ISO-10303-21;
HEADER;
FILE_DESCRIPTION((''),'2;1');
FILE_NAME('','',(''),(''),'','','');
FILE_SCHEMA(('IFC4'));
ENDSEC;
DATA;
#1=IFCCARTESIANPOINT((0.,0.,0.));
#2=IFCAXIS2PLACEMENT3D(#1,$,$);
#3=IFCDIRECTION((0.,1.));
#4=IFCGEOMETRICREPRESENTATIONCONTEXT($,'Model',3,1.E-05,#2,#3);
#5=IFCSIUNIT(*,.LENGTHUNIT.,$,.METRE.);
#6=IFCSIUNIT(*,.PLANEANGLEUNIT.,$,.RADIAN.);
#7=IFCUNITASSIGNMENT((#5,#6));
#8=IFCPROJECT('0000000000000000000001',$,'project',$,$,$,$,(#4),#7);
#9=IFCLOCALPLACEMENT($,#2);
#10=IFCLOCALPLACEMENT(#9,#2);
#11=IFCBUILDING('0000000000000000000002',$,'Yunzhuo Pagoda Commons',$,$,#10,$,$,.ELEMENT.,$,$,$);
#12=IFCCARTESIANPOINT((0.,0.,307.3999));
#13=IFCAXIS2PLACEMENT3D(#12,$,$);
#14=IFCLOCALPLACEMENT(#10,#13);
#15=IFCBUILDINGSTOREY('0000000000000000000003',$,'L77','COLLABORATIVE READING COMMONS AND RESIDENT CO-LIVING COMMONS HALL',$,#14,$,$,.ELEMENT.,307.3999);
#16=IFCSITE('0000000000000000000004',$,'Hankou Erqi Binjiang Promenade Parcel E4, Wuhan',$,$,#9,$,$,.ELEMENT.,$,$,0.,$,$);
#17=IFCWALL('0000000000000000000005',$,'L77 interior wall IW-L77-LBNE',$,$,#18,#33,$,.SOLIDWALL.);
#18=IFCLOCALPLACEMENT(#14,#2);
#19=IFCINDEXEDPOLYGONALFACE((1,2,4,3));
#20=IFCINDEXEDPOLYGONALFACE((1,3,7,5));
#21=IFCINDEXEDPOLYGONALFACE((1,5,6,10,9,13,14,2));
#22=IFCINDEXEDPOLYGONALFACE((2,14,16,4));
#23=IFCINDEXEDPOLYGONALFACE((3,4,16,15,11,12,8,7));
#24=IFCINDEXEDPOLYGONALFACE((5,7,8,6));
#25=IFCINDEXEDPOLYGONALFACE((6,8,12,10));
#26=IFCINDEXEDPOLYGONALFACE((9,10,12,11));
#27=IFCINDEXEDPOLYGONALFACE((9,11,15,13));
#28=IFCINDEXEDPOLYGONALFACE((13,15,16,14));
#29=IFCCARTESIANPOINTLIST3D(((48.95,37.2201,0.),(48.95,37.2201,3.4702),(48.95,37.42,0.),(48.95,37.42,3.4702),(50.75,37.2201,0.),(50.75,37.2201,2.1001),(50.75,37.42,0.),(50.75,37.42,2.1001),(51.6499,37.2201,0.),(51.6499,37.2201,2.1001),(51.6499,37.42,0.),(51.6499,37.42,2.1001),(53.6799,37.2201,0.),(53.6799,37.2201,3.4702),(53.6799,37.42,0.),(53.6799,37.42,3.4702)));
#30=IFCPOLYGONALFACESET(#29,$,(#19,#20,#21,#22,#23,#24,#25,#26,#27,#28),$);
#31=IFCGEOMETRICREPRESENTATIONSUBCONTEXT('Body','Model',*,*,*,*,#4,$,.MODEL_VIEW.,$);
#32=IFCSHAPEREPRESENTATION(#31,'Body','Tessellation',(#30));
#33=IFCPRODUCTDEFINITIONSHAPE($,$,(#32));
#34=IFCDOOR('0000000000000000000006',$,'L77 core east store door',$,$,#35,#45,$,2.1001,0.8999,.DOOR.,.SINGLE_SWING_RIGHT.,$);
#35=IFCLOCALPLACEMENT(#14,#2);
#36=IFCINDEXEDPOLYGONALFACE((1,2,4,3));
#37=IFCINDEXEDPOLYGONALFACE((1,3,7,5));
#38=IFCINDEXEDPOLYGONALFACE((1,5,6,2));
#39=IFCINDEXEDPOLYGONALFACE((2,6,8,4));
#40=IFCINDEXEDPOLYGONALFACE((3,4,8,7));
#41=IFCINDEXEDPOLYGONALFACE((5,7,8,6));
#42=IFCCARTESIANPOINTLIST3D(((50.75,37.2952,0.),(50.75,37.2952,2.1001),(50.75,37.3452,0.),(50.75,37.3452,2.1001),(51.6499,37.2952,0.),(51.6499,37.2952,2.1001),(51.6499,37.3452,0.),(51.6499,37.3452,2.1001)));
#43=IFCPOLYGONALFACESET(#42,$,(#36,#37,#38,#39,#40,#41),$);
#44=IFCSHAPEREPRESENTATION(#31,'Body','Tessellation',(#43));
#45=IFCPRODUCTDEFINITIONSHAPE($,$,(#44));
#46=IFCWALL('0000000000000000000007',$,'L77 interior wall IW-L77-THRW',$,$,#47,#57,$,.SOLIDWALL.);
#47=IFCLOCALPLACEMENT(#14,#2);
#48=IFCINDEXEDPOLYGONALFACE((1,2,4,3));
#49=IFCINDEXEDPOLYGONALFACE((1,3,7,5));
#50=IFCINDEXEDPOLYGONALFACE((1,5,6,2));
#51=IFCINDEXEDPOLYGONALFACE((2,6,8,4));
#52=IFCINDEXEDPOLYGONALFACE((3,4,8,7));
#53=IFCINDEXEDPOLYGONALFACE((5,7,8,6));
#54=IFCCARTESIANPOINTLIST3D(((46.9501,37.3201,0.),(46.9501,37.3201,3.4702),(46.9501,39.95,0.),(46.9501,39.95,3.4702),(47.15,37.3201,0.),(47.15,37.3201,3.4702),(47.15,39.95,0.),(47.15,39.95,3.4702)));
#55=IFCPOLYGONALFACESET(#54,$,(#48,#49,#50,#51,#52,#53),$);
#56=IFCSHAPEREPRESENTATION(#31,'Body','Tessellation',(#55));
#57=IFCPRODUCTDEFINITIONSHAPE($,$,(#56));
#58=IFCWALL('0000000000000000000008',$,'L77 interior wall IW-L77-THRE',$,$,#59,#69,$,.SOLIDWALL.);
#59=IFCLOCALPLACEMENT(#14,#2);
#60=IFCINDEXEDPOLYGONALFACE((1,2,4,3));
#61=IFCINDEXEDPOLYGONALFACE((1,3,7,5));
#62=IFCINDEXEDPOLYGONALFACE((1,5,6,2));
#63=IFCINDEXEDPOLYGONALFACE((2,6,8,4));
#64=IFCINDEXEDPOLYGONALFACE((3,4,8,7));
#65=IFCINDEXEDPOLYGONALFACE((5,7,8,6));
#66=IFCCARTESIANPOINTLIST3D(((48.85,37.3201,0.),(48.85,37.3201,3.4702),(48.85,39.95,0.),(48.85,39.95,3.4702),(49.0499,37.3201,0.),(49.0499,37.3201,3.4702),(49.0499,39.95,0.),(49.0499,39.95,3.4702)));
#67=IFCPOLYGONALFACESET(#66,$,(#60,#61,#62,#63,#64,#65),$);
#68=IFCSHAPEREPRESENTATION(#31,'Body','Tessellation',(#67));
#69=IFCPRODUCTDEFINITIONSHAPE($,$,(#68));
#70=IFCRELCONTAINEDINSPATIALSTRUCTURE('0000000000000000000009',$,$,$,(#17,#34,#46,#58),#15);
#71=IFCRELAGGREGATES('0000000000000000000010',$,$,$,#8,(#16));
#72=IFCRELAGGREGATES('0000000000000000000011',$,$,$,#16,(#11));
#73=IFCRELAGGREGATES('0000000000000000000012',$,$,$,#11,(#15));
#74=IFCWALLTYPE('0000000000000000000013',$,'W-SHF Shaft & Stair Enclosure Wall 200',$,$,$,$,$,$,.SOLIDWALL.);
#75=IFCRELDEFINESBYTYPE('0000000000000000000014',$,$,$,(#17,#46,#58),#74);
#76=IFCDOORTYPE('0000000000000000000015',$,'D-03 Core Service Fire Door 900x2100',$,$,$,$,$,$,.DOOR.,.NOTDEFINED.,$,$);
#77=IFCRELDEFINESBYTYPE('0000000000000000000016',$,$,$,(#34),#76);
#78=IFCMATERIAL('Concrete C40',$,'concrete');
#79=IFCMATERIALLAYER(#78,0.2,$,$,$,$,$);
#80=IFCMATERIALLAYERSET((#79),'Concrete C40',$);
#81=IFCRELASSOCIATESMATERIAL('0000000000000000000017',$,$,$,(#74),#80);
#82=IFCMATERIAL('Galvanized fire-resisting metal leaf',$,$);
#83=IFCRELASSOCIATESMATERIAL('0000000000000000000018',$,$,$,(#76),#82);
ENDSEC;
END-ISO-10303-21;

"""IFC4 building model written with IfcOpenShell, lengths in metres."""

from ifc_helpers import new_model, si_unit, direction, frame, frame_2d, origin, place, context, subcontext, project, spatial, rectangle, extrude, source, transform, mapped, material, layer, layer_set, type_object, element, fill, save


model = new_model("IFC4")

# Units and contexts
model_context = context("Model", 3, precision=1e-05, world=origin(), true_north=direction((0.0, 1.0)))
body_context = subcontext(model_context, "Body", "Model", "MODEL_VIEW")
ifc_project = project(units=[si_unit("LENGTHUNIT", "METRE"), si_unit("PLANEANGLEUNIT", "RADIAN")], contexts=[model_context])

# Site, building, storey
site_placement = place(None, origin())
site = spatial("IfcSite", under=ifc_project, at=site_placement, Name="Hankou Erqi Binjiang Promenade Parcel E4, Wuhan", CompositionType="ELEMENT", RefElevation=0.0)
building_placement = place(site_placement, origin())
building = spatial("IfcBuilding", under=site, at=building_placement, Name="Yunzhuo Pagoda Commons", CompositionType="ELEMENT")
storey_placement = place(building_placement, frame((0.0, 0.0, 307.3999)))
storey = spatial("IfcBuildingStorey", under=building, at=storey_placement, Name="L77", Description="COLLABORATIVE READING COMMONS AND RESIDENT CO-LIVING COMMONS HALL", CompositionType="ELEMENT", Elevation=307.3999)

# Shared definitions
ifc_material_1 = material(Name="Galvanized fire-resisting metal leaf")

# Shared definitions
ifc_material_2 = material(Name="Concrete C40", Category="concrete")
ifc_layer_1 = layer(ifc_material_2, 0.2)
ifc_layer_set_1 = layer_set([ifc_layer_1], Name="Concrete C40")
wall_type_1 = type_object("IfcWallType", Name="W-SHF Shaft & Stair Enclosure Wall 200", PredefinedType="SOLIDWALL", material=ifc_layer_set_1)

# Wall, opening, door
wall_1_placement = place(storey_placement, frame((48.95, 37.3201, 0.0), z_axis=(0.0, 0.0, 1.0), x_axis=(1.0, 0.0, 0.0)))
wall_1 = element("IfcWall", 1, at=wall_1_placement, inside=storey, type_object=wall_type_1, Name="L77 interior wall IW-L77-LBNE", PredefinedType="SOLIDWALL", context=body_context, shape_type="SweptSolid", body=[
    extrude(rectangle(XDim=4.73, YDim=0.2, at=frame_2d((2.365, 0.0))), origin(), (0.0, 0.0, 1.0), 3.4702),
])
opening_1_placement = place(wall_1_placement, frame((1.8, 0.0, 0.0)))
opening_1 = element("IfcOpeningElement", 2, at=opening_1_placement, cuts=wall_1, PredefinedType="OPENING", context=body_context, shape_type="SweptSolid", body=[
    extrude(rectangle(XDim=0.8999, YDim=2.1001, at=frame_2d((0.45, 1.05))), frame((0.0, 0.1099, 0.0), z_axis=(0.0, -1.0, 0.0), x_axis=(1.0, 0.0, 0.0)), (0.0, 0.0, 1.0), 0.22),
])
door_type_1 = type_object("IfcDoorType", Name="D-03 Core Service Fire Door 900x2100", OperationType="NOTDEFINED", PredefinedType="DOOR", material=ifc_material_1)
shared_shape_1 = source(origin(), body_context, "Body", "SweptSolid", [
    extrude(rectangle(XDim=0.8999, YDim=2.1001, at=frame_2d((0.45, 1.05))), frame((0.0, 0.0249, 0.0), z_axis=(0.0, -1.0, 0.0), x_axis=(1.0, 0.0, 0.0)), (0.0, 0.0, 1.0), 0.05),
])
door_1_placement = place(opening_1_placement, frame((0.8999, 0.0, 0.0), z_axis=(0.0, 0.0, 1.0), x_axis=(-1.0, 0.0, 0.0)))
door_1 = element("IfcDoor", 3, at=door_1_placement, inside=storey, type_object=door_type_1, Name="L77 core east store door", OperationType="SINGLE_SWING_RIGHT", OverallHeight=2.1001, OverallWidth=0.8999, PredefinedType="DOOR", context=body_context, shape_type="MappedRepresentation", body=[
    mapped(shared_shape_1, transform((0.0, 0.0, 0.0), scale=1.0)),
])
fill(opening_1, door_1)

# Walls
for number, where, z_axis, x_axis, name in (
    (4, (47.05, 37.3201, 0.0), (0.0, 0.0, 1.0), (0.0, 1.0, 0.0), "L77 interior wall IW-L77-THRW"),
    (5, (48.95, 37.3201, 0.0), (0.0, 0.0, 1.0), (0.0, 1.0, 0.0), "L77 interior wall IW-L77-THRE"),
):
    element("IfcWall", number, at=place(storey_placement, frame(where, z_axis=z_axis, x_axis=x_axis)), inside=storey, type_object=wall_type_1, Name=name, PredefinedType="SOLIDWALL", context=body_context, shape_type="SweptSolid", body=[
        extrude(rectangle(XDim=2.6299, YDim=0.2, at=frame_2d((1.3149, 0.0))), origin(), (0.0, 0.0, 1.0), 3.4702),
    ])

save(model, "model.ifc")
